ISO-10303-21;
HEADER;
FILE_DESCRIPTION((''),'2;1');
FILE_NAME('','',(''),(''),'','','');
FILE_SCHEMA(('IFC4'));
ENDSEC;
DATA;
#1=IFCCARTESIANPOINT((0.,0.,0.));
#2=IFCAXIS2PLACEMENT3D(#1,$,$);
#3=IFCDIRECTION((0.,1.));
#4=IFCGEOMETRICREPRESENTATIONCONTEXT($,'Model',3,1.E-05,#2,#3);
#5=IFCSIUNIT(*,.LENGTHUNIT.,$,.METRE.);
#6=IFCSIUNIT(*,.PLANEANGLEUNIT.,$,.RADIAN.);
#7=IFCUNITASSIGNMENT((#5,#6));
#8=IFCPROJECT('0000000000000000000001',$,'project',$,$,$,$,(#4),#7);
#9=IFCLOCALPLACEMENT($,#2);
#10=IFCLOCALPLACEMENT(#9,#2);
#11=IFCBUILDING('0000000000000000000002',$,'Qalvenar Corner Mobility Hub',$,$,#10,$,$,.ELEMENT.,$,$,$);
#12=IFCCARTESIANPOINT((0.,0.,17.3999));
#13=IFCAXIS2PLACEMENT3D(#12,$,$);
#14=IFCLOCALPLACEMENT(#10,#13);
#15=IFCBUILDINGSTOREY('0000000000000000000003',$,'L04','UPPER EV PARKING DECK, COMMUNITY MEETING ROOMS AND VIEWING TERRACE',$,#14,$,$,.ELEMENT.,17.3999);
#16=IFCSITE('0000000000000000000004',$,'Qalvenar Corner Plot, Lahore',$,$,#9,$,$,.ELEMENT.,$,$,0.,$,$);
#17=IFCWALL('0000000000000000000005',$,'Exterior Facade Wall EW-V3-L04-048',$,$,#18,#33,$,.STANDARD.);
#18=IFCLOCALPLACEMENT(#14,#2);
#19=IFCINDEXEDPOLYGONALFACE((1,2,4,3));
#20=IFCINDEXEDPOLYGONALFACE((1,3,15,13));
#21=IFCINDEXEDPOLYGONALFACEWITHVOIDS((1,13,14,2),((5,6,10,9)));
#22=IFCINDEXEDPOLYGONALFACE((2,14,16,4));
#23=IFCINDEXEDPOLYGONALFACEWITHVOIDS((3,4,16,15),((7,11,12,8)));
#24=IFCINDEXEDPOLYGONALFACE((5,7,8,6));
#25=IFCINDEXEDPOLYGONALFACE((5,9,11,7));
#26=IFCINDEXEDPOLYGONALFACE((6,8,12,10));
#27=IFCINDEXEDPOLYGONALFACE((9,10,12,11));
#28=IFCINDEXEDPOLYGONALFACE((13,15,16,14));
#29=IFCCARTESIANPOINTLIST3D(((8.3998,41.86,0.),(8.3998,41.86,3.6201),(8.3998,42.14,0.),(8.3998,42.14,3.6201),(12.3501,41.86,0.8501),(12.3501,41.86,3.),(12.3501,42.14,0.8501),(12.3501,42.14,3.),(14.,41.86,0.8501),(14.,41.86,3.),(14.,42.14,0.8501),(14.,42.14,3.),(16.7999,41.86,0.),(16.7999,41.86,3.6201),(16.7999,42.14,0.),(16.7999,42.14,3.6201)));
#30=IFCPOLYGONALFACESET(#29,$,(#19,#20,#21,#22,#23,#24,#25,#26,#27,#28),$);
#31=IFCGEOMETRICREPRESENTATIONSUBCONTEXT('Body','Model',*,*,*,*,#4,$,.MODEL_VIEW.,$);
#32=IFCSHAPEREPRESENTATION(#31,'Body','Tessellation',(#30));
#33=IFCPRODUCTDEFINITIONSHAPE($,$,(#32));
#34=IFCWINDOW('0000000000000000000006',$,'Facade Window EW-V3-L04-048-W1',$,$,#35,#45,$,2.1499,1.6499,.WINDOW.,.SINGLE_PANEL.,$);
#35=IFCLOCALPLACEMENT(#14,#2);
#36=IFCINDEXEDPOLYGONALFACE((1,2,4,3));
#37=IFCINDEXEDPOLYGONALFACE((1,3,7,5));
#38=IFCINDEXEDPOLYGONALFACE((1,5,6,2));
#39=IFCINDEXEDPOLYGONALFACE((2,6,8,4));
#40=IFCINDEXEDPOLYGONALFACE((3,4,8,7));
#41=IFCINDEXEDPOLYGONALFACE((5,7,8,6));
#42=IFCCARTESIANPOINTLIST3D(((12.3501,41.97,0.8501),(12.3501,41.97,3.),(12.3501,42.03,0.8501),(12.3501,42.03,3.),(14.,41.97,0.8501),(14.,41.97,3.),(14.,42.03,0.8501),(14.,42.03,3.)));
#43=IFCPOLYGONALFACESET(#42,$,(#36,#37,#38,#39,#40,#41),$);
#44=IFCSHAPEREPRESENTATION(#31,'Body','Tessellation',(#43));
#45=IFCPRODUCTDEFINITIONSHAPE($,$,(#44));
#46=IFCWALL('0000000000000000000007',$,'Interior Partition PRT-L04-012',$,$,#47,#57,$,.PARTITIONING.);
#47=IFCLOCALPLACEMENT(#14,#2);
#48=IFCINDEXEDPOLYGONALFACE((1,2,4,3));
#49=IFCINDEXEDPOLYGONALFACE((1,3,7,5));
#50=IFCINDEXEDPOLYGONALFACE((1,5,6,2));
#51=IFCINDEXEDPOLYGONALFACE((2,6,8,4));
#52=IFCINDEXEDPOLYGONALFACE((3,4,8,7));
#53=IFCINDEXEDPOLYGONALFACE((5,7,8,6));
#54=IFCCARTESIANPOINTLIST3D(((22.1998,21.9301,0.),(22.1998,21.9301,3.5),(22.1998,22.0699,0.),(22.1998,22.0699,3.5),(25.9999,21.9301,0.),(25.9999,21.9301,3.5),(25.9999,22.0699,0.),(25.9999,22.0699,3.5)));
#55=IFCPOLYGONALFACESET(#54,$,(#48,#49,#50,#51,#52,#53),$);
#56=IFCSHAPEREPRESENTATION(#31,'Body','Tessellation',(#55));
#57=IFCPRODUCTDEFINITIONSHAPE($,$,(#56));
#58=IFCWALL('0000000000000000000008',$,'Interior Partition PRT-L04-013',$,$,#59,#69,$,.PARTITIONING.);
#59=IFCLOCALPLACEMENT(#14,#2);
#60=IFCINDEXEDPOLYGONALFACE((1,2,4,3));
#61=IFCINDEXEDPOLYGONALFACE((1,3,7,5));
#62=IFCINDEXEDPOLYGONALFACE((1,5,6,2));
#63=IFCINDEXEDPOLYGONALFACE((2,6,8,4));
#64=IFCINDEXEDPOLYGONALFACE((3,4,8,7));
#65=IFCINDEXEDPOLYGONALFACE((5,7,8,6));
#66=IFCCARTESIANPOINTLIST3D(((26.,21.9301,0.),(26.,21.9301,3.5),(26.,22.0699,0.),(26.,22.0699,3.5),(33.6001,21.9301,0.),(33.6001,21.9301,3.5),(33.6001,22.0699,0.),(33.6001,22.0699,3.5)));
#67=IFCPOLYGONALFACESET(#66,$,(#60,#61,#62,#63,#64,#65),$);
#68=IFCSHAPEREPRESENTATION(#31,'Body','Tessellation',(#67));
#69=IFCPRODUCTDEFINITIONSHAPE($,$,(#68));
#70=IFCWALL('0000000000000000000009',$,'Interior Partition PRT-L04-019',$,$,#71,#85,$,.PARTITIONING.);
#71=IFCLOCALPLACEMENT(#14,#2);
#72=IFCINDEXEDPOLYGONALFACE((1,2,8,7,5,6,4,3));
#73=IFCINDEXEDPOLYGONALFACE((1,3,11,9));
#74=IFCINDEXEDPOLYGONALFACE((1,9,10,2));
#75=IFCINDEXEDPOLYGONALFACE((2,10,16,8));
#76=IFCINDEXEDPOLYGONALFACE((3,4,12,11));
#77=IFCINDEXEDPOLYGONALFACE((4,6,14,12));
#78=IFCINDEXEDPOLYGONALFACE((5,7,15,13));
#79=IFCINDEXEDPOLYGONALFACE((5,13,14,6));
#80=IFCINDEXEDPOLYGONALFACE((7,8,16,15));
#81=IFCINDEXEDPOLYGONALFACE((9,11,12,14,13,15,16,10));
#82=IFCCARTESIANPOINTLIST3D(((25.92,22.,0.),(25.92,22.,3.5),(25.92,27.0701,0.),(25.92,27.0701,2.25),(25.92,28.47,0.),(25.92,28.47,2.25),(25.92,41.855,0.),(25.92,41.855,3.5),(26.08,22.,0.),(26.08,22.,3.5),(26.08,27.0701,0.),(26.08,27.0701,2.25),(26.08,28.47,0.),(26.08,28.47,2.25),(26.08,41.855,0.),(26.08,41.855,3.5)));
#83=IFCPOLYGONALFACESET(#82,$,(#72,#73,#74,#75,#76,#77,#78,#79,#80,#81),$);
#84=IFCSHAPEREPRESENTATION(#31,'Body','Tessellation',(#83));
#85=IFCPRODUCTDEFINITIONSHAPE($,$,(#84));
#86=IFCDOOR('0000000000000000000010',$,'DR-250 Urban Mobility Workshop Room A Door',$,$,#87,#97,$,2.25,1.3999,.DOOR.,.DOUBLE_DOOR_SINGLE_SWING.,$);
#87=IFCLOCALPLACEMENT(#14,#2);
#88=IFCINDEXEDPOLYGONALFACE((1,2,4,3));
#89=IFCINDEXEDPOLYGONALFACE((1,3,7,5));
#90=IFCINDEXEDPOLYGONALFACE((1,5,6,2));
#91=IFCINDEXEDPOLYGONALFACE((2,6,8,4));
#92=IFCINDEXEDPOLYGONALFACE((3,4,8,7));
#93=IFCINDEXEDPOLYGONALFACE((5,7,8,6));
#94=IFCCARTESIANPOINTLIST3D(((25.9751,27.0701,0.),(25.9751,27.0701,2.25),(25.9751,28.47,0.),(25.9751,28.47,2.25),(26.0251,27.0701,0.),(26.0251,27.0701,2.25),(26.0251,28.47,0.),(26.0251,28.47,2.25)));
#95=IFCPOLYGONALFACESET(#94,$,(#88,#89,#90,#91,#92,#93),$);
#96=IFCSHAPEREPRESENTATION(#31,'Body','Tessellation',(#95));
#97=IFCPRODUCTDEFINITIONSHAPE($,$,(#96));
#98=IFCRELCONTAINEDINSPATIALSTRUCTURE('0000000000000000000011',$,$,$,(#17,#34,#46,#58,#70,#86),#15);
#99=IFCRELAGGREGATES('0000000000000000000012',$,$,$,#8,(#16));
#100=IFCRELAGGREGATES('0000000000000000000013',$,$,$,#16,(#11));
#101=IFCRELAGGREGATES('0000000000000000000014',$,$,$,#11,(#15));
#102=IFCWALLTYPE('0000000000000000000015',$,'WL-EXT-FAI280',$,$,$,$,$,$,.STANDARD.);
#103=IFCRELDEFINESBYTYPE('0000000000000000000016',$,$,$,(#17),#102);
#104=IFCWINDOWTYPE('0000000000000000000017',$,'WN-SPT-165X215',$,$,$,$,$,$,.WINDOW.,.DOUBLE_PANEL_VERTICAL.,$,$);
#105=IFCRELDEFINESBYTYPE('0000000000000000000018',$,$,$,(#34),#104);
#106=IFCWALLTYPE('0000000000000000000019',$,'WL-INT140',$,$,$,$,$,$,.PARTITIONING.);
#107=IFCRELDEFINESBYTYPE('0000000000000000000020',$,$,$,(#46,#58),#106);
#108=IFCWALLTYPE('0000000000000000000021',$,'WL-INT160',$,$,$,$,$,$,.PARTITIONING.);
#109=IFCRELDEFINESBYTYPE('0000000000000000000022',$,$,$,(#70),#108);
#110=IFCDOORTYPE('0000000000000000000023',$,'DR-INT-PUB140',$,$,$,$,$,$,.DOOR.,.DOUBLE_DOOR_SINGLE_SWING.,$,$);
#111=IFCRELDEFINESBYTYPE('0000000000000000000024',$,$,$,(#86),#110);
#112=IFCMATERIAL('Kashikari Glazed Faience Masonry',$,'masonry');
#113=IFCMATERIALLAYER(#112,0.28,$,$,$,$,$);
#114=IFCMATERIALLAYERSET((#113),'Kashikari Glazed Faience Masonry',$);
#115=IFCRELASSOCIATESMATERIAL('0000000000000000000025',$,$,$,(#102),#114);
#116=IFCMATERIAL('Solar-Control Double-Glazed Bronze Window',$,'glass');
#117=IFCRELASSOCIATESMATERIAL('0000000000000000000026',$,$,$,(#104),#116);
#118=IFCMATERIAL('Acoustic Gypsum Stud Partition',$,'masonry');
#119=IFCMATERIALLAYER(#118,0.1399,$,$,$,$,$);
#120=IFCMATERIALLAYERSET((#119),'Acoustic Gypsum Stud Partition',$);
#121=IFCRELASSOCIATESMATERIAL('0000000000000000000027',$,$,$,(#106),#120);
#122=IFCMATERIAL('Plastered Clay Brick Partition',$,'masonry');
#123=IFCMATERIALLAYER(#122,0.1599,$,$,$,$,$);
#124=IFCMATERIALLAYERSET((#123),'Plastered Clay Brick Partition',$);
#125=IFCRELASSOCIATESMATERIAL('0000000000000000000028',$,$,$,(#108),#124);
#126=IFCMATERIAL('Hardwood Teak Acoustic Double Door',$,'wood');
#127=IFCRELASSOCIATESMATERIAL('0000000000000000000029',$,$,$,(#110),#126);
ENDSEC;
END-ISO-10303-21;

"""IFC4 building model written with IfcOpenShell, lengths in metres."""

from ifc_helpers import new_model, si_unit, direction, frame, frame_2d, origin, place, context, subcontext, project, spatial, rectangle, extrude, material, layer, layer_set, type_object, element, fill, save


model = new_model("IFC4")

# Units and contexts
model_context = context("Model", 3, precision=1e-05, world=origin(), true_north=direction((0.0, 1.0)))
body_context = subcontext(model_context, "Body", "Model", "MODEL_VIEW")
ifc_project = project(units=[si_unit("LENGTHUNIT", "METRE"), si_unit("PLANEANGLEUNIT", "RADIAN")], contexts=[model_context])

# Site, building, storey
site_placement = place(None, origin())
site = spatial("IfcSite", under=ifc_project, at=site_placement, Name="Qalvenar Corner Plot, Lahore", CompositionType="ELEMENT", RefElevation=0.0)
building_placement = place(site_placement, origin())
building = spatial("IfcBuilding", under=site, at=building_placement, Name="Qalvenar Corner Mobility Hub", CompositionType="ELEMENT")
storey_placement = place(building_placement, frame((0.0, 0.0, 17.3999)))
storey = spatial("IfcBuildingStorey", under=building, at=storey_placement, Name="L04", Description="UPPER EV PARKING DECK, COMMUNITY MEETING ROOMS AND VIEWING TERRACE", CompositionType="ELEMENT", Elevation=17.3999)

# Wall, opening, window
ifc_material_1 = material(Name="Kashikari Glazed Faience Masonry", Category="masonry")
ifc_layer_1 = layer(ifc_material_1, 0.28)
ifc_layer_set_1 = layer_set([ifc_layer_1], Name="Kashikari Glazed Faience Masonry")
wall_type_1 = type_object("IfcWallType", Name="WL-EXT-FAI280", PredefinedType="STANDARD", material=ifc_layer_set_1)
wall_1_placement = place(storey_placement, frame((16.8, 42.0, 0.0), z_axis=(0.0, 0.0, 1.0), x_axis=(-1.0, 0.0, 0.0)))
wall_1 = element("IfcWall", 1, at=wall_1_placement, inside=storey, type_object=wall_type_1, Name="Exterior Facade Wall EW-V3-L04-048", PredefinedType="STANDARD", context=body_context, shape_type="SweptSolid", body=[
    extrude(rectangle(XDim=8.4001, YDim=0.28, at=frame_2d((4.2002, 0.0))), origin(), (0.0, 0.0, 1.0), 3.6201),
])
opening_1_placement = place(wall_1_placement, frame((2.8, 0.0, 0.8501)))
opening_1 = element("IfcOpeningElement", 2, at=opening_1_placement, cuts=wall_1, PredefinedType="OPENING", context=body_context, shape_type="SweptSolid", body=[
    extrude(rectangle(XDim=1.6499, YDim=2.1499, at=frame_2d((0.825, 1.075))), frame((0.0, 0.1499, 0.0), z_axis=(0.0, -1.0, 0.0), x_axis=(1.0, 0.0, 0.0)), (0.0, 0.0, 1.0), 0.3),
])
ifc_material_2 = material(Name="Solar-Control Double-Glazed Bronze Window", Category="glass")
window_type = type_object("IfcWindowType", Name="WN-SPT-165X215", PartitioningType="DOUBLE_PANEL_VERTICAL", PredefinedType="WINDOW", material=ifc_material_2)
window_placement = place(opening_1_placement, origin())
window = element("IfcWindow", 3, at=window_placement, inside=storey, type_object=window_type, Name="Facade Window EW-V3-L04-048-W1", OverallHeight=2.1499, OverallWidth=1.6499, PartitioningType="SINGLE_PANEL", PredefinedType="WINDOW", context=body_context, shape_type="SweptSolid", body=[
    extrude(rectangle(XDim=1.6499, YDim=2.1499, at=frame_2d((0.825, 1.075))), frame((0.0, 0.03, 0.0), z_axis=(0.0, -1.0, 0.0), x_axis=(1.0, 0.0, 0.0)), (0.0, 0.0, 1.0), 0.0601),
])
fill(opening_1, window)

# Walls
ifc_material_3 = material(Name="Acoustic Gypsum Stud Partition", Category="masonry")
ifc_layer_2 = layer(ifc_material_3, 0.1399)
ifc_layer_set_2 = layer_set([ifc_layer_2], Name="Acoustic Gypsum Stud Partition")
wall_type_2 = type_object("IfcWallType", Name="WL-INT140", PredefinedType="PARTITIONING", material=ifc_layer_set_2)
wall_2_placement = place(storey_placement, frame((22.2, 22.0, 0.0), z_axis=(0.0, 0.0, 1.0), x_axis=(1.0, 0.0, 0.0)))
element("IfcWall", 4, at=wall_2_placement, inside=storey, type_object=wall_type_2, Name="Interior Partition PRT-L04-012", PredefinedType="PARTITIONING", context=body_context, shape_type="SweptSolid", body=[
    extrude(rectangle(XDim=3.8, YDim=0.1399, at=frame_2d((1.8999, 0.0))), origin(), (0.0, 0.0, 1.0), 3.5),
])
wall_3_placement = place(storey_placement, frame((26.0, 22.0, 0.0), z_axis=(0.0, 0.0, 1.0), x_axis=(1.0, 0.0, 0.0)))
element("IfcWall", 5, at=wall_3_placement, inside=storey, type_object=wall_type_2, Name="Interior Partition PRT-L04-013", PredefinedType="PARTITIONING", context=body_context, shape_type="SweptSolid", body=[
    extrude(rectangle(XDim=7.6001, YDim=0.1399, at=frame_2d((3.8, 0.0))), origin(), (0.0, 0.0, 1.0), 3.5),
])

# Wall, opening, door
ifc_material_4 = material(Name="Plastered Clay Brick Partition", Category="masonry")
ifc_layer_3 = layer(ifc_material_4, 0.1599)
ifc_layer_set_3 = layer_set([ifc_layer_3], Name="Plastered Clay Brick Partition")
wall_type_3 = type_object("IfcWallType", Name="WL-INT160", PredefinedType="PARTITIONING", material=ifc_layer_set_3)
wall_4_placement = place(storey_placement, frame((26.0, 22.0, 0.0), z_axis=(0.0, 0.0, 1.0), x_axis=(0.0, 1.0, 0.0)))
wall_4 = element("IfcWall", 6, at=wall_4_placement, inside=storey, type_object=wall_type_3, Name="Interior Partition PRT-L04-019", PredefinedType="PARTITIONING", context=body_context, shape_type="SweptSolid", body=[
    extrude(rectangle(XDim=19.855, YDim=0.1599, at=frame_2d((9.9275, 0.0))), origin(), (0.0, 0.0, 1.0), 3.5),
])
opening_2_placement = place(wall_4_placement, frame((5.0701, 0.0, 0.0)))
opening_2 = element("IfcOpeningElement", 7, at=opening_2_placement, cuts=wall_4, PredefinedType="OPENING", context=body_context, shape_type="SweptSolid", body=[
    extrude(rectangle(XDim=1.3999, YDim=2.25, at=frame_2d((0.7, 1.125))), frame((0.0, 0.0898, 0.0), z_axis=(0.0, -1.0, 0.0), x_axis=(1.0, 0.0, 0.0)), (0.0, 0.0, 1.0), 0.1799),
])
ifc_material_5 = material(Name="Hardwood Teak Acoustic Double Door", Category="wood")
door_type = type_object("IfcDoorType", Name="DR-INT-PUB140", OperationType="DOUBLE_DOOR_SINGLE_SWING", PredefinedType="DOOR", material=ifc_material_5)
door_placement = place(opening_2_placement, origin())
door = element("IfcDoor", 8, at=door_placement, inside=storey, type_object=door_type, Name="DR-250 Urban Mobility Workshop Room A Door", OperationType="DOUBLE_DOOR_SINGLE_SWING", OverallHeight=2.25, OverallWidth=1.3999, PredefinedType="DOOR", context=body_context, shape_type="SweptSolid", body=[
    extrude(rectangle(XDim=1.3999, YDim=2.25, at=frame_2d((0.7, 1.125))), frame((0.0, 0.0249, 0.0), z_axis=(0.0, -1.0, 0.0), x_axis=(1.0, 0.0, 0.0)), (0.0, 0.0, 1.0), 0.05),
])
fill(opening_2, door)

save(model, "model.ifc")
